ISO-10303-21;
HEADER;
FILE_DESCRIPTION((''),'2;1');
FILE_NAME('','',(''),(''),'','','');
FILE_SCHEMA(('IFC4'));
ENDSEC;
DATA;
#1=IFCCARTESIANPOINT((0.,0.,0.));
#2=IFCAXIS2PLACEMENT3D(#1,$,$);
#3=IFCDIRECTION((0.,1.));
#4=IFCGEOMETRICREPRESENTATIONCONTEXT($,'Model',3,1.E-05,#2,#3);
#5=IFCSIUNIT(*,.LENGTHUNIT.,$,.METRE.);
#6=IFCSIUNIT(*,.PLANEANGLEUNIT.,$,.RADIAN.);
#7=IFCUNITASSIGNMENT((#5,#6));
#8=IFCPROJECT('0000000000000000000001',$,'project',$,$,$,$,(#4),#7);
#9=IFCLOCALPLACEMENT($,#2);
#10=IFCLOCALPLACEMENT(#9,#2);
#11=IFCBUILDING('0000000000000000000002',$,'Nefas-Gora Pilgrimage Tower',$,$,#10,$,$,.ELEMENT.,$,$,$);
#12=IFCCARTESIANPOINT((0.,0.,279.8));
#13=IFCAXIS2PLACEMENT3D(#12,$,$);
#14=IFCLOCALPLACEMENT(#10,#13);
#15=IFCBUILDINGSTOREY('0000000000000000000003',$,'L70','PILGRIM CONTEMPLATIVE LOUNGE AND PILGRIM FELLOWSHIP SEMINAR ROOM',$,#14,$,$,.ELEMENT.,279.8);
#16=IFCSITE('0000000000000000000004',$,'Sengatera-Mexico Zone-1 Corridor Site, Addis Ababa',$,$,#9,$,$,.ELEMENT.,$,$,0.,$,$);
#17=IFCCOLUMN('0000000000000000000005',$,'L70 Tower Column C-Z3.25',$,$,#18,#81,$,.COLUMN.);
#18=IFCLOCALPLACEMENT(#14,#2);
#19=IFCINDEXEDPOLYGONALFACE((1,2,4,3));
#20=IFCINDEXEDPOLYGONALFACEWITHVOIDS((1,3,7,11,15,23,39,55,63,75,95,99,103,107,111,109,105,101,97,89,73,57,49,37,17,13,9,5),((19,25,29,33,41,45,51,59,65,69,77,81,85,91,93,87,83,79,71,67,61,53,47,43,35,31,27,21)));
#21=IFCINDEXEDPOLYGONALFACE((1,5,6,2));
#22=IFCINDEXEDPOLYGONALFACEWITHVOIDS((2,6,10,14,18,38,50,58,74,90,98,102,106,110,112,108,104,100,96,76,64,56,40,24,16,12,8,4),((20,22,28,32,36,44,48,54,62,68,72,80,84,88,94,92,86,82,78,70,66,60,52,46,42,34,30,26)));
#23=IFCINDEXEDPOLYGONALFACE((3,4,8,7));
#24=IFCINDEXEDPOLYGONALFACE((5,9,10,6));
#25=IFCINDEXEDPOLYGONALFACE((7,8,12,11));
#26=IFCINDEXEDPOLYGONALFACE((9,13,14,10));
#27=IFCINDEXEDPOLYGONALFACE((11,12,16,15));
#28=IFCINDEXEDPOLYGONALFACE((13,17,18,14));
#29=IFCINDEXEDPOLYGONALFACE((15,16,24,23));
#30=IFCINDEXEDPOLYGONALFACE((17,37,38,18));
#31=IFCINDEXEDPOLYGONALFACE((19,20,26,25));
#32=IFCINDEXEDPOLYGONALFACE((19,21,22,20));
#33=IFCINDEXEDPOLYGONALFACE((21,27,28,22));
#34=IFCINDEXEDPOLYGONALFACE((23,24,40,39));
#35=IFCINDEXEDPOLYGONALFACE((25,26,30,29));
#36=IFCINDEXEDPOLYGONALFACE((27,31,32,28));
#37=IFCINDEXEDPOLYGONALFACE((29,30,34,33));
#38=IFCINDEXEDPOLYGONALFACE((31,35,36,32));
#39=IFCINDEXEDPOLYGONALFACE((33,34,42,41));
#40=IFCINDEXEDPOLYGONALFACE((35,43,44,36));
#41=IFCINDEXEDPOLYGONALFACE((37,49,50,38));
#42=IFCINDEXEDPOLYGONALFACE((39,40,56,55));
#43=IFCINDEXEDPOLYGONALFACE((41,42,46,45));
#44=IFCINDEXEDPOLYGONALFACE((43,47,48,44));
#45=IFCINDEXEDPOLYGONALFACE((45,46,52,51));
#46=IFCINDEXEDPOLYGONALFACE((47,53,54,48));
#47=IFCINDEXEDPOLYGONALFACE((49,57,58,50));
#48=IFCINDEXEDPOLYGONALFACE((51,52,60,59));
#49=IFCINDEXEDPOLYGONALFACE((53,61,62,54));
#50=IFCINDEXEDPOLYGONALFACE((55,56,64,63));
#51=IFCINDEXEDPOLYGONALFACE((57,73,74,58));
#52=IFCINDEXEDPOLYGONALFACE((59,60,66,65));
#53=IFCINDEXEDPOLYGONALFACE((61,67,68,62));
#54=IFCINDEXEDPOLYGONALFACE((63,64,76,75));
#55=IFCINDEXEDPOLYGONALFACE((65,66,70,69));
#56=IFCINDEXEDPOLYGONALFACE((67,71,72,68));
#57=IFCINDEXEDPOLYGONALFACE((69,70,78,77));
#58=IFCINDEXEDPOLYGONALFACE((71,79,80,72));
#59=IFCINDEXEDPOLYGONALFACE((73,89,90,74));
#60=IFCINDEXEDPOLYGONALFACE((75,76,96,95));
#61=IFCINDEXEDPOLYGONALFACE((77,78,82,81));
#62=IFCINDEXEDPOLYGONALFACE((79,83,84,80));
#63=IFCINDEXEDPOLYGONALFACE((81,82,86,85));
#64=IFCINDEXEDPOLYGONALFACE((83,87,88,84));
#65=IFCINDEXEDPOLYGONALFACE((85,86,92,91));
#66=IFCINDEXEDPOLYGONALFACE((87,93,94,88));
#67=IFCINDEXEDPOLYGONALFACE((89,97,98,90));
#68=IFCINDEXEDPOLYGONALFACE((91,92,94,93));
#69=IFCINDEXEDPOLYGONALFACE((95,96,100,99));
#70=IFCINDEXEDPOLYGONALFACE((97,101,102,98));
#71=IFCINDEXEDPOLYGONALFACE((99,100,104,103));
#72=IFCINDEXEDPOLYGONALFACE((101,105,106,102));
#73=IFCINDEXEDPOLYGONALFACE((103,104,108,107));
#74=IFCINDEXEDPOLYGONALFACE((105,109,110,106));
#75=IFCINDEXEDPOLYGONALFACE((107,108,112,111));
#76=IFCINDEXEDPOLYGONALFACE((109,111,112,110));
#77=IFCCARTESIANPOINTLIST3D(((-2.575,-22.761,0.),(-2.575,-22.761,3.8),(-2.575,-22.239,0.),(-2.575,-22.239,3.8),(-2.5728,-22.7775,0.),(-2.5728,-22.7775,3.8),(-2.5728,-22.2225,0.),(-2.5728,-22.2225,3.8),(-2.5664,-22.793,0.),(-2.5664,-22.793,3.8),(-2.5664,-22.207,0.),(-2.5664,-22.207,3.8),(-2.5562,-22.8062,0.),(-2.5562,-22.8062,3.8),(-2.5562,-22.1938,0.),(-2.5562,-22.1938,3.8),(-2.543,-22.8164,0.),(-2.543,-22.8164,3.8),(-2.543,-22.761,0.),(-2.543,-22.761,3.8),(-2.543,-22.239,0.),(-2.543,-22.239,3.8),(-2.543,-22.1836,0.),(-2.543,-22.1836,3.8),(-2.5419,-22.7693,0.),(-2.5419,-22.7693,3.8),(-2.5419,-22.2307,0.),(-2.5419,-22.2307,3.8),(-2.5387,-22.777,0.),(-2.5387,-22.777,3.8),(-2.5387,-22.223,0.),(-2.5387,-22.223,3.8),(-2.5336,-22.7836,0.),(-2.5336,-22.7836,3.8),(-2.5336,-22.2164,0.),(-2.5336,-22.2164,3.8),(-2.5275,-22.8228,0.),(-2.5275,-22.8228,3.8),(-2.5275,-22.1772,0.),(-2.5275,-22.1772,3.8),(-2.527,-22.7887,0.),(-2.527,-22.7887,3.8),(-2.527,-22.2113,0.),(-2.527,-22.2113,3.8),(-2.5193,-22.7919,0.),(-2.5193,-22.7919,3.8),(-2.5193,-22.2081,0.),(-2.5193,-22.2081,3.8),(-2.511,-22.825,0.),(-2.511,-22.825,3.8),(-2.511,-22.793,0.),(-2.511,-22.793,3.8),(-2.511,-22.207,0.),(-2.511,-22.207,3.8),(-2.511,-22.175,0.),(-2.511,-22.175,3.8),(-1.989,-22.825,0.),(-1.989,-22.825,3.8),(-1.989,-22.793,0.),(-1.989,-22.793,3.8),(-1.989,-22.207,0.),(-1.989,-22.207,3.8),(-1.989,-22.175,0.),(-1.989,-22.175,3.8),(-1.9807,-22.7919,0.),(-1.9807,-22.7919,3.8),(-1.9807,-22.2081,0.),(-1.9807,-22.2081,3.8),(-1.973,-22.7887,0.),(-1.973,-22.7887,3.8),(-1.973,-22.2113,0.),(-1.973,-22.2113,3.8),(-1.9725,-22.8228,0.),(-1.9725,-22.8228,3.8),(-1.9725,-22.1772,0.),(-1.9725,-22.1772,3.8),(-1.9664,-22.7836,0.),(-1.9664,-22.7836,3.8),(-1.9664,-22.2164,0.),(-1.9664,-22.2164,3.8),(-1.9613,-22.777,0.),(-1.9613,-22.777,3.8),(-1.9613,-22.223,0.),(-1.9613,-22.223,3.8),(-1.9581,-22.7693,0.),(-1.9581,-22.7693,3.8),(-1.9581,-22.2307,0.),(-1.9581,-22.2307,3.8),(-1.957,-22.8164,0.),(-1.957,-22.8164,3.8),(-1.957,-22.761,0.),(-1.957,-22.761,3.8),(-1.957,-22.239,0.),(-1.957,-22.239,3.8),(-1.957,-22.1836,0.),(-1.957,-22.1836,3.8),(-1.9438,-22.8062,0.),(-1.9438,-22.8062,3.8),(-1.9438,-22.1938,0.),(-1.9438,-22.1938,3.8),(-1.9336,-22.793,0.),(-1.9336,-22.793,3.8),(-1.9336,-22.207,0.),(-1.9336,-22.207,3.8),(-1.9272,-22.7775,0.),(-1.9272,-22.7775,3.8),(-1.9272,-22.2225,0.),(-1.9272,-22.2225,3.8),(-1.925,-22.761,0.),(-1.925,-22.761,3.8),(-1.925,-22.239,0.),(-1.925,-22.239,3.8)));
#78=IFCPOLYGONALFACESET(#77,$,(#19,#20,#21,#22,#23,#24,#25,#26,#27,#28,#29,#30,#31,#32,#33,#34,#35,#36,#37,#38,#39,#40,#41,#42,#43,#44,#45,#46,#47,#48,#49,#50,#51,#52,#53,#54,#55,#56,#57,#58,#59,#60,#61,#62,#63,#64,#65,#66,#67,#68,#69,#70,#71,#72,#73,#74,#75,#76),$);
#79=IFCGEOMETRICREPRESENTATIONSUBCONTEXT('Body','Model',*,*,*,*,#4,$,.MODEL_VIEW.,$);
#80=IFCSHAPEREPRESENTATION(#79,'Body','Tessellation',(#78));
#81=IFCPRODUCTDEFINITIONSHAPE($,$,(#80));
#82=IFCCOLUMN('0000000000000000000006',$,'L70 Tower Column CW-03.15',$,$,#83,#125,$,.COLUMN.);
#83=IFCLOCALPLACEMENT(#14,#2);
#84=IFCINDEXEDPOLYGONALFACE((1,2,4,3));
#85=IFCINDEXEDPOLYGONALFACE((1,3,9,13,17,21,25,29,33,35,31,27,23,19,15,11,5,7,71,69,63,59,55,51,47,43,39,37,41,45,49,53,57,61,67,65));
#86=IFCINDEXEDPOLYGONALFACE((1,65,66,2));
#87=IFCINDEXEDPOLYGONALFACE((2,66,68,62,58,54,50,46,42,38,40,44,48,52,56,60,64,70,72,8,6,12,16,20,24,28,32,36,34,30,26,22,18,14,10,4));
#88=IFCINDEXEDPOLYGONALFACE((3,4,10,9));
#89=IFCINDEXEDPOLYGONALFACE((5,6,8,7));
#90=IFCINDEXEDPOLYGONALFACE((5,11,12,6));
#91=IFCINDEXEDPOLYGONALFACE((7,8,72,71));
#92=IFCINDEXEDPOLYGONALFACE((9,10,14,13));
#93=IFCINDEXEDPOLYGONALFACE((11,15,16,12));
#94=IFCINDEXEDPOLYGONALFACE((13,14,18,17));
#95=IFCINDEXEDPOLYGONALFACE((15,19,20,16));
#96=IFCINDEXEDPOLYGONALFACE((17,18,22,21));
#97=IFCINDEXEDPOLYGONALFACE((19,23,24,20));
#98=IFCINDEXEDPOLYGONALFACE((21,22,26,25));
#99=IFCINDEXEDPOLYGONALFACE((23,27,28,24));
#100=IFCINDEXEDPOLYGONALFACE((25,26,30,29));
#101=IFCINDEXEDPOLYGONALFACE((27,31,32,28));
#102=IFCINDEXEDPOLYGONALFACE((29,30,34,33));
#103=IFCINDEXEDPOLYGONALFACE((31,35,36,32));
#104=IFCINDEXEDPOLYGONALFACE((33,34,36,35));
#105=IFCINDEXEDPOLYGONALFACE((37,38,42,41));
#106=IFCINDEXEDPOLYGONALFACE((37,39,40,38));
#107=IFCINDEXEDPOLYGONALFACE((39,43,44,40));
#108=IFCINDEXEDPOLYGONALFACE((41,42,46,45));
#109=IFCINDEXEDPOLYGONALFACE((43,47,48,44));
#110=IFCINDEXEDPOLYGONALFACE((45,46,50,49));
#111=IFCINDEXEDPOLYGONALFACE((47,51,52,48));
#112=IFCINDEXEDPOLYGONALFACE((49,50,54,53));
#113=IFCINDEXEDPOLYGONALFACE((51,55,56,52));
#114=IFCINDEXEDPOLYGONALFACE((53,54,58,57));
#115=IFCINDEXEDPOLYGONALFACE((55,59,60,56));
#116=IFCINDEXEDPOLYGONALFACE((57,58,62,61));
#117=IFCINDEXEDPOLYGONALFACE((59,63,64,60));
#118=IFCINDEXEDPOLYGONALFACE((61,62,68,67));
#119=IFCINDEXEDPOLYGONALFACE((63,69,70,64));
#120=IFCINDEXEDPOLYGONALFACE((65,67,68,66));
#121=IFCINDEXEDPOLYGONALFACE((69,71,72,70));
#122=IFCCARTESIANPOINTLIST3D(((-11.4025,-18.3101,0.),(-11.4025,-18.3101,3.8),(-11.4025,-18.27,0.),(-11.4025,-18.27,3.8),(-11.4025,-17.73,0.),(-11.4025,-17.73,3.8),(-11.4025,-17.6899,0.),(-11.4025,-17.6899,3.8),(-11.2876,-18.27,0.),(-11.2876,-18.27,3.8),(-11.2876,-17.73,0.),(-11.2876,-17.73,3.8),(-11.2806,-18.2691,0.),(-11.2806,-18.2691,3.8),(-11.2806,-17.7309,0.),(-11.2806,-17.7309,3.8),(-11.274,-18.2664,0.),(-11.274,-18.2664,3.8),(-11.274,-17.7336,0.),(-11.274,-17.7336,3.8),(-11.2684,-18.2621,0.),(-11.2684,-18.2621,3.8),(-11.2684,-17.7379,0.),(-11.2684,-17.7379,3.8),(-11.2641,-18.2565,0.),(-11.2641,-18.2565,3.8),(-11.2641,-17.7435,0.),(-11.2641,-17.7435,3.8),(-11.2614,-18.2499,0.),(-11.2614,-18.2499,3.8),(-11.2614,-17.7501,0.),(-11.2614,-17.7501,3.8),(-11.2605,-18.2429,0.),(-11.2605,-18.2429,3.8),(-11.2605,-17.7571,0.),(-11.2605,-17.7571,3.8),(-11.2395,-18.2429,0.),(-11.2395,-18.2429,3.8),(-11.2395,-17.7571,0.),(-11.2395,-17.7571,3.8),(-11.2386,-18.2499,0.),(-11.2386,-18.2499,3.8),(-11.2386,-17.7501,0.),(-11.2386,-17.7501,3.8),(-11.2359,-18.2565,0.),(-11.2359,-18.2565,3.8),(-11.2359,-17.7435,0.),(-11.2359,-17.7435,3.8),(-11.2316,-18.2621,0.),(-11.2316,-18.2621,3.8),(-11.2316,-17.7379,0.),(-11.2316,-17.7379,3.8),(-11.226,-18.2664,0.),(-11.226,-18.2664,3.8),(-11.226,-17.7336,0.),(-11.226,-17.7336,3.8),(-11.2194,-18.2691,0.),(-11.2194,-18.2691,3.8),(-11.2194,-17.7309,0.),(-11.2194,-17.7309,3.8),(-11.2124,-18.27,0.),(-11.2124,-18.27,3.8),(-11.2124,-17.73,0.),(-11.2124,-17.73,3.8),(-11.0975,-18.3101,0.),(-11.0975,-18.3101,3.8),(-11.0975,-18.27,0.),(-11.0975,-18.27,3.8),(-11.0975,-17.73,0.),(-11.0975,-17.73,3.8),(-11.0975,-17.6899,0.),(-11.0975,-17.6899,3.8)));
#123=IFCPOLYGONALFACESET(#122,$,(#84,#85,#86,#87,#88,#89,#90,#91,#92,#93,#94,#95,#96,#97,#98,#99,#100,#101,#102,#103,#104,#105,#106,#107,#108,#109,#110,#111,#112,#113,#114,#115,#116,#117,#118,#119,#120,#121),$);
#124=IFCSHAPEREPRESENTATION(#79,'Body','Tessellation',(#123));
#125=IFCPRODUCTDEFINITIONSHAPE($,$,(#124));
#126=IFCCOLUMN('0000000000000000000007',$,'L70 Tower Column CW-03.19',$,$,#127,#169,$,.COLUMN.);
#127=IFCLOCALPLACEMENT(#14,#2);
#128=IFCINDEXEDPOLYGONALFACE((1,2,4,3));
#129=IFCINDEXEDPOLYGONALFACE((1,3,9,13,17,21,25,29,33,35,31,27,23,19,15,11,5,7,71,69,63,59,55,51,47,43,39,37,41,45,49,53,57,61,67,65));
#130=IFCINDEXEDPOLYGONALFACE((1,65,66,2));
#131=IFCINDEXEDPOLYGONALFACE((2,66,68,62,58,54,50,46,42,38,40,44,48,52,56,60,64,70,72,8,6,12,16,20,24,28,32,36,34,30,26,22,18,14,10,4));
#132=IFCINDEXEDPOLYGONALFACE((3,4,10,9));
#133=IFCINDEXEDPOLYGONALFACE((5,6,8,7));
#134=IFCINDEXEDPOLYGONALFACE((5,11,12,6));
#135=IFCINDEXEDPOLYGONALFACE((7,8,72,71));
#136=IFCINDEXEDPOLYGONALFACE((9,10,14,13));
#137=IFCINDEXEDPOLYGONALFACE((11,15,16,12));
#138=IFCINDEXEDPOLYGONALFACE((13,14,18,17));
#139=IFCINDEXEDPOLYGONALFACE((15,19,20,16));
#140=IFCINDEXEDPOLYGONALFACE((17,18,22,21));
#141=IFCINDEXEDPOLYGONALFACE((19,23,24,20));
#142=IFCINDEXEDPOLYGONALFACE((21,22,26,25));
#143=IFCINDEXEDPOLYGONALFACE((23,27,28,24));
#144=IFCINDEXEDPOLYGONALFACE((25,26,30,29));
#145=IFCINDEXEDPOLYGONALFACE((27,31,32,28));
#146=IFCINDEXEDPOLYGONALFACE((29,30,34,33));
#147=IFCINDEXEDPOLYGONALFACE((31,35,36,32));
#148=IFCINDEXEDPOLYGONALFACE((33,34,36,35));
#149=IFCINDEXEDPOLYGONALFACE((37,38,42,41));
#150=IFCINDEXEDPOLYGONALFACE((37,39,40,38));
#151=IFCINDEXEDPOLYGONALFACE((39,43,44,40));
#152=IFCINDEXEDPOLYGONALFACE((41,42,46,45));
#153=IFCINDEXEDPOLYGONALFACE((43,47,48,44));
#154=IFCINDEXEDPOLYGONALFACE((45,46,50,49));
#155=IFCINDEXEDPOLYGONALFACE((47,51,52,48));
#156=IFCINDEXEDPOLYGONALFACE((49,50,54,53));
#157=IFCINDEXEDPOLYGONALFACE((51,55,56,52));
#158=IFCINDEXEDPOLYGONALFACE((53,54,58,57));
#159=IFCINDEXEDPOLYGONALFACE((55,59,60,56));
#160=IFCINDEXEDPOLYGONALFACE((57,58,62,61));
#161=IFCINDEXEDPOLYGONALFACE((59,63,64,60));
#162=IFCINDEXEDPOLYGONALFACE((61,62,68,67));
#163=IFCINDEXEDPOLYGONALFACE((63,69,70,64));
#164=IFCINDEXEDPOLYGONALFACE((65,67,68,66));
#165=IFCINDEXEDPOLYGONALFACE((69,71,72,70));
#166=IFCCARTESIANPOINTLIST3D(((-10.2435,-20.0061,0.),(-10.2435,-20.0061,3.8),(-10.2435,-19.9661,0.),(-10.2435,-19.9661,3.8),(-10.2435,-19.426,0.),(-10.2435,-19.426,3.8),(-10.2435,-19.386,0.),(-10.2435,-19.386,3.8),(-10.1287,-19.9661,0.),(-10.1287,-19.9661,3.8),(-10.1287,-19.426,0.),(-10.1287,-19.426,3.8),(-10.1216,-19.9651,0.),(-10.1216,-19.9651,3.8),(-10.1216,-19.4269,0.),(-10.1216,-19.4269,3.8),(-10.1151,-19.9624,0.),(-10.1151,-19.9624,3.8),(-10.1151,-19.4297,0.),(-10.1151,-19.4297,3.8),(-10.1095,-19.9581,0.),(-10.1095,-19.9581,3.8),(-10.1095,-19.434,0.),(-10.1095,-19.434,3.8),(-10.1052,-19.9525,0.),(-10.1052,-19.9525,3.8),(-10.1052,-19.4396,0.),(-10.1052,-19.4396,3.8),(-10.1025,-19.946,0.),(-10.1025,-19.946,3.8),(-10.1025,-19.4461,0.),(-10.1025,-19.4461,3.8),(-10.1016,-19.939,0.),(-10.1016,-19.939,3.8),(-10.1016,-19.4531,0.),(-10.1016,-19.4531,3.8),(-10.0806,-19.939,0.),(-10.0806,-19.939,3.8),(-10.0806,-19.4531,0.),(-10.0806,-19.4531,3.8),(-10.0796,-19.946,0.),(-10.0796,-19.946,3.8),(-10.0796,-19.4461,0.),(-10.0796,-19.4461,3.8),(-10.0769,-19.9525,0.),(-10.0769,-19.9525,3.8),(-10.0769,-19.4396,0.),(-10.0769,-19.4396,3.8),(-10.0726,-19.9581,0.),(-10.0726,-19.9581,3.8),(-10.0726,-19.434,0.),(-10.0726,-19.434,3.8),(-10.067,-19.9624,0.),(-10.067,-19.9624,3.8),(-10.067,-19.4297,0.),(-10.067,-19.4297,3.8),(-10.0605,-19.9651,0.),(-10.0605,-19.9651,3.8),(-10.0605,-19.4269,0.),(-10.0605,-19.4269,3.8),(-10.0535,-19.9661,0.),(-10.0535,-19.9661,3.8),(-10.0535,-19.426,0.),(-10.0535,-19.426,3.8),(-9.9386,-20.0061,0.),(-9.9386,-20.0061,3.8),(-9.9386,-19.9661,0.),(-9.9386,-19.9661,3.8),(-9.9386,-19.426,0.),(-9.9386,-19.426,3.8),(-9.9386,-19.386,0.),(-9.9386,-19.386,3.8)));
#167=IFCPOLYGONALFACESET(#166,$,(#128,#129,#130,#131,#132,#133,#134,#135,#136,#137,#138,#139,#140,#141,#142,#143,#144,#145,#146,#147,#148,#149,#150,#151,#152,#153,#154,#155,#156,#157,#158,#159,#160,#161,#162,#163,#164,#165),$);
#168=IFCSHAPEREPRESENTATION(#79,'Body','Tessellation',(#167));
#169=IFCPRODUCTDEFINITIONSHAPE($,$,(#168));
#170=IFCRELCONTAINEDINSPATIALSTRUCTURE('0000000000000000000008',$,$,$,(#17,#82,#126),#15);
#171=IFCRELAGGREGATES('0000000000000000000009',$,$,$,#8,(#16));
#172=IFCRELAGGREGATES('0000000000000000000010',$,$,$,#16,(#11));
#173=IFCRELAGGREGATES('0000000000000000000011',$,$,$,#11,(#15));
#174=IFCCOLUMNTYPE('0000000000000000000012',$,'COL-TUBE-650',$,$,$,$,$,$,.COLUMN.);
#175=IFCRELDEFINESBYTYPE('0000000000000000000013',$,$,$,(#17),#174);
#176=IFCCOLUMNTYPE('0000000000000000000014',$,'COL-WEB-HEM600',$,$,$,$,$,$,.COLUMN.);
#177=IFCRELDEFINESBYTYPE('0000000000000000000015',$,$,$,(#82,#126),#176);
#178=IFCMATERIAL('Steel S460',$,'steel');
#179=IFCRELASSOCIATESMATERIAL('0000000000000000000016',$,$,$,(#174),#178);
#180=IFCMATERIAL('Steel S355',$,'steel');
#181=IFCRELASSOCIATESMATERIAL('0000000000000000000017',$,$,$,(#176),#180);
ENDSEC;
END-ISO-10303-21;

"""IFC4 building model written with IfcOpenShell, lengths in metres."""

from ifc_helpers import new_model, si_unit, direction, frame, origin, origin_2d, place, context, subcontext, project, spatial, hollow_rectangle, i_section, extrude, source, transform, mapped, material, material_profile, profile_set, type_object, element, save


model = new_model("IFC4")

# Units and contexts
model_context = context("Model", 3, precision=1e-05, world=origin(), true_north=direction((0.0, 1.0)))
body_context = subcontext(model_context, "Body", "Model", "MODEL_VIEW")
ifc_project = project(units=[si_unit("LENGTHUNIT", "METRE"), si_unit("PLANEANGLEUNIT", "RADIAN")], contexts=[model_context])

# Site, building, storey
site_placement = place(None, origin())
site = spatial("IfcSite", under=ifc_project, at=site_placement, Name="Sengatera-Mexico Zone-1 Corridor Site, Addis Ababa", CompositionType="ELEMENT", RefElevation=0.0)
building_placement = place(site_placement, origin())
building = spatial("IfcBuilding", under=site, at=building_placement, Name="Nefas-Gora Pilgrimage Tower", CompositionType="ELEMENT")
storey_placement = place(building_placement, frame((0.0, 0.0, 279.8)))
storey = spatial("IfcBuildingStorey", under=building, at=storey_placement, Name="L70", Description="PILGRIM CONTEMPLATIVE LOUNGE AND PILGRIM FELLOWSHIP SEMINAR ROOM", CompositionType="ELEMENT", Elevation=279.8)

# Columns
ifc_material_1 = material(Name="Steel S460", Category="steel")
ifc_material_profile_1 = material_profile(ifc_material_1, hollow_rectangle(XDim=0.6499, YDim=0.6499, WallThickness=0.032, InnerFilletRadius=0.032, OuterFilletRadius=0.064, at=origin_2d()), Name="BOX 650x650x32")
ifc_profile_set_1 = profile_set([ifc_material_profile_1], Name="Steel S460")
column_type_1 = type_object("IfcColumnType", Name="COL-TUBE-650", PredefinedType="COLUMN", material=ifc_profile_set_1)
shared_shape_1 = source(origin(), body_context, "Body", "SweptSolid", [
    extrude(hollow_rectangle(XDim=0.6499, YDim=0.6499, WallThickness=0.032, InnerFilletRadius=0.032, OuterFilletRadius=0.064, at=origin_2d()), origin(), (0.0, 0.0, 1.0), 3.8),
])
for number, where, z_axis, x_axis, name in (
    (1, (-2.25, -22.5, 0.0), (0.0, 0.0, 1.0), (1.0, 0.0, 0.0), "L70 Tower Column C-Z3.25"),
):
    element("IfcColumn", number, at=place(storey_placement, frame(where, z_axis=z_axis, x_axis=x_axis)), inside=storey, type_object=column_type_1, Name=name, PredefinedType="COLUMN", context=body_context, shape_type="MappedRepresentation", body=[
        mapped(shared_shape_1, transform((0.0, 0.0, 0.0), x_axis=(1.0, 0.0, 0.0), y_axis=(0.0, 1.0, 0.0), z_axis=(0.0, 0.0, 1.0), scale=1.0)),
    ])
ifc_material_2 = material(Name="Steel S355", Category="steel")
ifc_material_profile_2 = material_profile(ifc_material_2, i_section(OverallWidth=0.3049, OverallDepth=0.6201, WebThickness=0.021, FlangeThickness=0.04, FilletRadius=0.0271, at=origin_2d()), Name="HEM 600")
ifc_profile_set_2 = profile_set([ifc_material_profile_2], Name="Steel S355")
column_type_2 = type_object("IfcColumnType", Name="COL-WEB-HEM600", PredefinedType="COLUMN", material=ifc_profile_set_2)
shared_shape_2 = source(origin(), body_context, "Body", "SweptSolid", [
    extrude(i_section(OverallWidth=0.3049, OverallDepth=0.6201, WebThickness=0.021, FlangeThickness=0.04, FilletRadius=0.0271, at=origin_2d()), origin(), (0.0, 0.0, 1.0), 3.8),
])
for number, where, z_axis, x_axis, name in (
    (2, (-11.25, -18.0, 0.0), (0.0, 0.0, 1.0), (1.0, 0.0, 0.0), "L70 Tower Column CW-03.15"),
    (3, (-10.0911, -19.696, 0.0), (0.0, 0.0, 1.0), (1.0, 0.0, 0.0), "L70 Tower Column CW-03.19"),
):
    element("IfcColumn", number, at=place(storey_placement, frame(where, z_axis=z_axis, x_axis=x_axis)), inside=storey, type_object=column_type_2, Name=name, PredefinedType="COLUMN", context=body_context, shape_type="MappedRepresentation", body=[
        mapped(shared_shape_2, transform((0.0, 0.0, 0.0), x_axis=(1.0, 0.0, 0.0), y_axis=(0.0, 1.0, 0.0), z_axis=(0.0, 0.0, 1.0), scale=1.0)),
    ])

save(model, "model.ifc")
